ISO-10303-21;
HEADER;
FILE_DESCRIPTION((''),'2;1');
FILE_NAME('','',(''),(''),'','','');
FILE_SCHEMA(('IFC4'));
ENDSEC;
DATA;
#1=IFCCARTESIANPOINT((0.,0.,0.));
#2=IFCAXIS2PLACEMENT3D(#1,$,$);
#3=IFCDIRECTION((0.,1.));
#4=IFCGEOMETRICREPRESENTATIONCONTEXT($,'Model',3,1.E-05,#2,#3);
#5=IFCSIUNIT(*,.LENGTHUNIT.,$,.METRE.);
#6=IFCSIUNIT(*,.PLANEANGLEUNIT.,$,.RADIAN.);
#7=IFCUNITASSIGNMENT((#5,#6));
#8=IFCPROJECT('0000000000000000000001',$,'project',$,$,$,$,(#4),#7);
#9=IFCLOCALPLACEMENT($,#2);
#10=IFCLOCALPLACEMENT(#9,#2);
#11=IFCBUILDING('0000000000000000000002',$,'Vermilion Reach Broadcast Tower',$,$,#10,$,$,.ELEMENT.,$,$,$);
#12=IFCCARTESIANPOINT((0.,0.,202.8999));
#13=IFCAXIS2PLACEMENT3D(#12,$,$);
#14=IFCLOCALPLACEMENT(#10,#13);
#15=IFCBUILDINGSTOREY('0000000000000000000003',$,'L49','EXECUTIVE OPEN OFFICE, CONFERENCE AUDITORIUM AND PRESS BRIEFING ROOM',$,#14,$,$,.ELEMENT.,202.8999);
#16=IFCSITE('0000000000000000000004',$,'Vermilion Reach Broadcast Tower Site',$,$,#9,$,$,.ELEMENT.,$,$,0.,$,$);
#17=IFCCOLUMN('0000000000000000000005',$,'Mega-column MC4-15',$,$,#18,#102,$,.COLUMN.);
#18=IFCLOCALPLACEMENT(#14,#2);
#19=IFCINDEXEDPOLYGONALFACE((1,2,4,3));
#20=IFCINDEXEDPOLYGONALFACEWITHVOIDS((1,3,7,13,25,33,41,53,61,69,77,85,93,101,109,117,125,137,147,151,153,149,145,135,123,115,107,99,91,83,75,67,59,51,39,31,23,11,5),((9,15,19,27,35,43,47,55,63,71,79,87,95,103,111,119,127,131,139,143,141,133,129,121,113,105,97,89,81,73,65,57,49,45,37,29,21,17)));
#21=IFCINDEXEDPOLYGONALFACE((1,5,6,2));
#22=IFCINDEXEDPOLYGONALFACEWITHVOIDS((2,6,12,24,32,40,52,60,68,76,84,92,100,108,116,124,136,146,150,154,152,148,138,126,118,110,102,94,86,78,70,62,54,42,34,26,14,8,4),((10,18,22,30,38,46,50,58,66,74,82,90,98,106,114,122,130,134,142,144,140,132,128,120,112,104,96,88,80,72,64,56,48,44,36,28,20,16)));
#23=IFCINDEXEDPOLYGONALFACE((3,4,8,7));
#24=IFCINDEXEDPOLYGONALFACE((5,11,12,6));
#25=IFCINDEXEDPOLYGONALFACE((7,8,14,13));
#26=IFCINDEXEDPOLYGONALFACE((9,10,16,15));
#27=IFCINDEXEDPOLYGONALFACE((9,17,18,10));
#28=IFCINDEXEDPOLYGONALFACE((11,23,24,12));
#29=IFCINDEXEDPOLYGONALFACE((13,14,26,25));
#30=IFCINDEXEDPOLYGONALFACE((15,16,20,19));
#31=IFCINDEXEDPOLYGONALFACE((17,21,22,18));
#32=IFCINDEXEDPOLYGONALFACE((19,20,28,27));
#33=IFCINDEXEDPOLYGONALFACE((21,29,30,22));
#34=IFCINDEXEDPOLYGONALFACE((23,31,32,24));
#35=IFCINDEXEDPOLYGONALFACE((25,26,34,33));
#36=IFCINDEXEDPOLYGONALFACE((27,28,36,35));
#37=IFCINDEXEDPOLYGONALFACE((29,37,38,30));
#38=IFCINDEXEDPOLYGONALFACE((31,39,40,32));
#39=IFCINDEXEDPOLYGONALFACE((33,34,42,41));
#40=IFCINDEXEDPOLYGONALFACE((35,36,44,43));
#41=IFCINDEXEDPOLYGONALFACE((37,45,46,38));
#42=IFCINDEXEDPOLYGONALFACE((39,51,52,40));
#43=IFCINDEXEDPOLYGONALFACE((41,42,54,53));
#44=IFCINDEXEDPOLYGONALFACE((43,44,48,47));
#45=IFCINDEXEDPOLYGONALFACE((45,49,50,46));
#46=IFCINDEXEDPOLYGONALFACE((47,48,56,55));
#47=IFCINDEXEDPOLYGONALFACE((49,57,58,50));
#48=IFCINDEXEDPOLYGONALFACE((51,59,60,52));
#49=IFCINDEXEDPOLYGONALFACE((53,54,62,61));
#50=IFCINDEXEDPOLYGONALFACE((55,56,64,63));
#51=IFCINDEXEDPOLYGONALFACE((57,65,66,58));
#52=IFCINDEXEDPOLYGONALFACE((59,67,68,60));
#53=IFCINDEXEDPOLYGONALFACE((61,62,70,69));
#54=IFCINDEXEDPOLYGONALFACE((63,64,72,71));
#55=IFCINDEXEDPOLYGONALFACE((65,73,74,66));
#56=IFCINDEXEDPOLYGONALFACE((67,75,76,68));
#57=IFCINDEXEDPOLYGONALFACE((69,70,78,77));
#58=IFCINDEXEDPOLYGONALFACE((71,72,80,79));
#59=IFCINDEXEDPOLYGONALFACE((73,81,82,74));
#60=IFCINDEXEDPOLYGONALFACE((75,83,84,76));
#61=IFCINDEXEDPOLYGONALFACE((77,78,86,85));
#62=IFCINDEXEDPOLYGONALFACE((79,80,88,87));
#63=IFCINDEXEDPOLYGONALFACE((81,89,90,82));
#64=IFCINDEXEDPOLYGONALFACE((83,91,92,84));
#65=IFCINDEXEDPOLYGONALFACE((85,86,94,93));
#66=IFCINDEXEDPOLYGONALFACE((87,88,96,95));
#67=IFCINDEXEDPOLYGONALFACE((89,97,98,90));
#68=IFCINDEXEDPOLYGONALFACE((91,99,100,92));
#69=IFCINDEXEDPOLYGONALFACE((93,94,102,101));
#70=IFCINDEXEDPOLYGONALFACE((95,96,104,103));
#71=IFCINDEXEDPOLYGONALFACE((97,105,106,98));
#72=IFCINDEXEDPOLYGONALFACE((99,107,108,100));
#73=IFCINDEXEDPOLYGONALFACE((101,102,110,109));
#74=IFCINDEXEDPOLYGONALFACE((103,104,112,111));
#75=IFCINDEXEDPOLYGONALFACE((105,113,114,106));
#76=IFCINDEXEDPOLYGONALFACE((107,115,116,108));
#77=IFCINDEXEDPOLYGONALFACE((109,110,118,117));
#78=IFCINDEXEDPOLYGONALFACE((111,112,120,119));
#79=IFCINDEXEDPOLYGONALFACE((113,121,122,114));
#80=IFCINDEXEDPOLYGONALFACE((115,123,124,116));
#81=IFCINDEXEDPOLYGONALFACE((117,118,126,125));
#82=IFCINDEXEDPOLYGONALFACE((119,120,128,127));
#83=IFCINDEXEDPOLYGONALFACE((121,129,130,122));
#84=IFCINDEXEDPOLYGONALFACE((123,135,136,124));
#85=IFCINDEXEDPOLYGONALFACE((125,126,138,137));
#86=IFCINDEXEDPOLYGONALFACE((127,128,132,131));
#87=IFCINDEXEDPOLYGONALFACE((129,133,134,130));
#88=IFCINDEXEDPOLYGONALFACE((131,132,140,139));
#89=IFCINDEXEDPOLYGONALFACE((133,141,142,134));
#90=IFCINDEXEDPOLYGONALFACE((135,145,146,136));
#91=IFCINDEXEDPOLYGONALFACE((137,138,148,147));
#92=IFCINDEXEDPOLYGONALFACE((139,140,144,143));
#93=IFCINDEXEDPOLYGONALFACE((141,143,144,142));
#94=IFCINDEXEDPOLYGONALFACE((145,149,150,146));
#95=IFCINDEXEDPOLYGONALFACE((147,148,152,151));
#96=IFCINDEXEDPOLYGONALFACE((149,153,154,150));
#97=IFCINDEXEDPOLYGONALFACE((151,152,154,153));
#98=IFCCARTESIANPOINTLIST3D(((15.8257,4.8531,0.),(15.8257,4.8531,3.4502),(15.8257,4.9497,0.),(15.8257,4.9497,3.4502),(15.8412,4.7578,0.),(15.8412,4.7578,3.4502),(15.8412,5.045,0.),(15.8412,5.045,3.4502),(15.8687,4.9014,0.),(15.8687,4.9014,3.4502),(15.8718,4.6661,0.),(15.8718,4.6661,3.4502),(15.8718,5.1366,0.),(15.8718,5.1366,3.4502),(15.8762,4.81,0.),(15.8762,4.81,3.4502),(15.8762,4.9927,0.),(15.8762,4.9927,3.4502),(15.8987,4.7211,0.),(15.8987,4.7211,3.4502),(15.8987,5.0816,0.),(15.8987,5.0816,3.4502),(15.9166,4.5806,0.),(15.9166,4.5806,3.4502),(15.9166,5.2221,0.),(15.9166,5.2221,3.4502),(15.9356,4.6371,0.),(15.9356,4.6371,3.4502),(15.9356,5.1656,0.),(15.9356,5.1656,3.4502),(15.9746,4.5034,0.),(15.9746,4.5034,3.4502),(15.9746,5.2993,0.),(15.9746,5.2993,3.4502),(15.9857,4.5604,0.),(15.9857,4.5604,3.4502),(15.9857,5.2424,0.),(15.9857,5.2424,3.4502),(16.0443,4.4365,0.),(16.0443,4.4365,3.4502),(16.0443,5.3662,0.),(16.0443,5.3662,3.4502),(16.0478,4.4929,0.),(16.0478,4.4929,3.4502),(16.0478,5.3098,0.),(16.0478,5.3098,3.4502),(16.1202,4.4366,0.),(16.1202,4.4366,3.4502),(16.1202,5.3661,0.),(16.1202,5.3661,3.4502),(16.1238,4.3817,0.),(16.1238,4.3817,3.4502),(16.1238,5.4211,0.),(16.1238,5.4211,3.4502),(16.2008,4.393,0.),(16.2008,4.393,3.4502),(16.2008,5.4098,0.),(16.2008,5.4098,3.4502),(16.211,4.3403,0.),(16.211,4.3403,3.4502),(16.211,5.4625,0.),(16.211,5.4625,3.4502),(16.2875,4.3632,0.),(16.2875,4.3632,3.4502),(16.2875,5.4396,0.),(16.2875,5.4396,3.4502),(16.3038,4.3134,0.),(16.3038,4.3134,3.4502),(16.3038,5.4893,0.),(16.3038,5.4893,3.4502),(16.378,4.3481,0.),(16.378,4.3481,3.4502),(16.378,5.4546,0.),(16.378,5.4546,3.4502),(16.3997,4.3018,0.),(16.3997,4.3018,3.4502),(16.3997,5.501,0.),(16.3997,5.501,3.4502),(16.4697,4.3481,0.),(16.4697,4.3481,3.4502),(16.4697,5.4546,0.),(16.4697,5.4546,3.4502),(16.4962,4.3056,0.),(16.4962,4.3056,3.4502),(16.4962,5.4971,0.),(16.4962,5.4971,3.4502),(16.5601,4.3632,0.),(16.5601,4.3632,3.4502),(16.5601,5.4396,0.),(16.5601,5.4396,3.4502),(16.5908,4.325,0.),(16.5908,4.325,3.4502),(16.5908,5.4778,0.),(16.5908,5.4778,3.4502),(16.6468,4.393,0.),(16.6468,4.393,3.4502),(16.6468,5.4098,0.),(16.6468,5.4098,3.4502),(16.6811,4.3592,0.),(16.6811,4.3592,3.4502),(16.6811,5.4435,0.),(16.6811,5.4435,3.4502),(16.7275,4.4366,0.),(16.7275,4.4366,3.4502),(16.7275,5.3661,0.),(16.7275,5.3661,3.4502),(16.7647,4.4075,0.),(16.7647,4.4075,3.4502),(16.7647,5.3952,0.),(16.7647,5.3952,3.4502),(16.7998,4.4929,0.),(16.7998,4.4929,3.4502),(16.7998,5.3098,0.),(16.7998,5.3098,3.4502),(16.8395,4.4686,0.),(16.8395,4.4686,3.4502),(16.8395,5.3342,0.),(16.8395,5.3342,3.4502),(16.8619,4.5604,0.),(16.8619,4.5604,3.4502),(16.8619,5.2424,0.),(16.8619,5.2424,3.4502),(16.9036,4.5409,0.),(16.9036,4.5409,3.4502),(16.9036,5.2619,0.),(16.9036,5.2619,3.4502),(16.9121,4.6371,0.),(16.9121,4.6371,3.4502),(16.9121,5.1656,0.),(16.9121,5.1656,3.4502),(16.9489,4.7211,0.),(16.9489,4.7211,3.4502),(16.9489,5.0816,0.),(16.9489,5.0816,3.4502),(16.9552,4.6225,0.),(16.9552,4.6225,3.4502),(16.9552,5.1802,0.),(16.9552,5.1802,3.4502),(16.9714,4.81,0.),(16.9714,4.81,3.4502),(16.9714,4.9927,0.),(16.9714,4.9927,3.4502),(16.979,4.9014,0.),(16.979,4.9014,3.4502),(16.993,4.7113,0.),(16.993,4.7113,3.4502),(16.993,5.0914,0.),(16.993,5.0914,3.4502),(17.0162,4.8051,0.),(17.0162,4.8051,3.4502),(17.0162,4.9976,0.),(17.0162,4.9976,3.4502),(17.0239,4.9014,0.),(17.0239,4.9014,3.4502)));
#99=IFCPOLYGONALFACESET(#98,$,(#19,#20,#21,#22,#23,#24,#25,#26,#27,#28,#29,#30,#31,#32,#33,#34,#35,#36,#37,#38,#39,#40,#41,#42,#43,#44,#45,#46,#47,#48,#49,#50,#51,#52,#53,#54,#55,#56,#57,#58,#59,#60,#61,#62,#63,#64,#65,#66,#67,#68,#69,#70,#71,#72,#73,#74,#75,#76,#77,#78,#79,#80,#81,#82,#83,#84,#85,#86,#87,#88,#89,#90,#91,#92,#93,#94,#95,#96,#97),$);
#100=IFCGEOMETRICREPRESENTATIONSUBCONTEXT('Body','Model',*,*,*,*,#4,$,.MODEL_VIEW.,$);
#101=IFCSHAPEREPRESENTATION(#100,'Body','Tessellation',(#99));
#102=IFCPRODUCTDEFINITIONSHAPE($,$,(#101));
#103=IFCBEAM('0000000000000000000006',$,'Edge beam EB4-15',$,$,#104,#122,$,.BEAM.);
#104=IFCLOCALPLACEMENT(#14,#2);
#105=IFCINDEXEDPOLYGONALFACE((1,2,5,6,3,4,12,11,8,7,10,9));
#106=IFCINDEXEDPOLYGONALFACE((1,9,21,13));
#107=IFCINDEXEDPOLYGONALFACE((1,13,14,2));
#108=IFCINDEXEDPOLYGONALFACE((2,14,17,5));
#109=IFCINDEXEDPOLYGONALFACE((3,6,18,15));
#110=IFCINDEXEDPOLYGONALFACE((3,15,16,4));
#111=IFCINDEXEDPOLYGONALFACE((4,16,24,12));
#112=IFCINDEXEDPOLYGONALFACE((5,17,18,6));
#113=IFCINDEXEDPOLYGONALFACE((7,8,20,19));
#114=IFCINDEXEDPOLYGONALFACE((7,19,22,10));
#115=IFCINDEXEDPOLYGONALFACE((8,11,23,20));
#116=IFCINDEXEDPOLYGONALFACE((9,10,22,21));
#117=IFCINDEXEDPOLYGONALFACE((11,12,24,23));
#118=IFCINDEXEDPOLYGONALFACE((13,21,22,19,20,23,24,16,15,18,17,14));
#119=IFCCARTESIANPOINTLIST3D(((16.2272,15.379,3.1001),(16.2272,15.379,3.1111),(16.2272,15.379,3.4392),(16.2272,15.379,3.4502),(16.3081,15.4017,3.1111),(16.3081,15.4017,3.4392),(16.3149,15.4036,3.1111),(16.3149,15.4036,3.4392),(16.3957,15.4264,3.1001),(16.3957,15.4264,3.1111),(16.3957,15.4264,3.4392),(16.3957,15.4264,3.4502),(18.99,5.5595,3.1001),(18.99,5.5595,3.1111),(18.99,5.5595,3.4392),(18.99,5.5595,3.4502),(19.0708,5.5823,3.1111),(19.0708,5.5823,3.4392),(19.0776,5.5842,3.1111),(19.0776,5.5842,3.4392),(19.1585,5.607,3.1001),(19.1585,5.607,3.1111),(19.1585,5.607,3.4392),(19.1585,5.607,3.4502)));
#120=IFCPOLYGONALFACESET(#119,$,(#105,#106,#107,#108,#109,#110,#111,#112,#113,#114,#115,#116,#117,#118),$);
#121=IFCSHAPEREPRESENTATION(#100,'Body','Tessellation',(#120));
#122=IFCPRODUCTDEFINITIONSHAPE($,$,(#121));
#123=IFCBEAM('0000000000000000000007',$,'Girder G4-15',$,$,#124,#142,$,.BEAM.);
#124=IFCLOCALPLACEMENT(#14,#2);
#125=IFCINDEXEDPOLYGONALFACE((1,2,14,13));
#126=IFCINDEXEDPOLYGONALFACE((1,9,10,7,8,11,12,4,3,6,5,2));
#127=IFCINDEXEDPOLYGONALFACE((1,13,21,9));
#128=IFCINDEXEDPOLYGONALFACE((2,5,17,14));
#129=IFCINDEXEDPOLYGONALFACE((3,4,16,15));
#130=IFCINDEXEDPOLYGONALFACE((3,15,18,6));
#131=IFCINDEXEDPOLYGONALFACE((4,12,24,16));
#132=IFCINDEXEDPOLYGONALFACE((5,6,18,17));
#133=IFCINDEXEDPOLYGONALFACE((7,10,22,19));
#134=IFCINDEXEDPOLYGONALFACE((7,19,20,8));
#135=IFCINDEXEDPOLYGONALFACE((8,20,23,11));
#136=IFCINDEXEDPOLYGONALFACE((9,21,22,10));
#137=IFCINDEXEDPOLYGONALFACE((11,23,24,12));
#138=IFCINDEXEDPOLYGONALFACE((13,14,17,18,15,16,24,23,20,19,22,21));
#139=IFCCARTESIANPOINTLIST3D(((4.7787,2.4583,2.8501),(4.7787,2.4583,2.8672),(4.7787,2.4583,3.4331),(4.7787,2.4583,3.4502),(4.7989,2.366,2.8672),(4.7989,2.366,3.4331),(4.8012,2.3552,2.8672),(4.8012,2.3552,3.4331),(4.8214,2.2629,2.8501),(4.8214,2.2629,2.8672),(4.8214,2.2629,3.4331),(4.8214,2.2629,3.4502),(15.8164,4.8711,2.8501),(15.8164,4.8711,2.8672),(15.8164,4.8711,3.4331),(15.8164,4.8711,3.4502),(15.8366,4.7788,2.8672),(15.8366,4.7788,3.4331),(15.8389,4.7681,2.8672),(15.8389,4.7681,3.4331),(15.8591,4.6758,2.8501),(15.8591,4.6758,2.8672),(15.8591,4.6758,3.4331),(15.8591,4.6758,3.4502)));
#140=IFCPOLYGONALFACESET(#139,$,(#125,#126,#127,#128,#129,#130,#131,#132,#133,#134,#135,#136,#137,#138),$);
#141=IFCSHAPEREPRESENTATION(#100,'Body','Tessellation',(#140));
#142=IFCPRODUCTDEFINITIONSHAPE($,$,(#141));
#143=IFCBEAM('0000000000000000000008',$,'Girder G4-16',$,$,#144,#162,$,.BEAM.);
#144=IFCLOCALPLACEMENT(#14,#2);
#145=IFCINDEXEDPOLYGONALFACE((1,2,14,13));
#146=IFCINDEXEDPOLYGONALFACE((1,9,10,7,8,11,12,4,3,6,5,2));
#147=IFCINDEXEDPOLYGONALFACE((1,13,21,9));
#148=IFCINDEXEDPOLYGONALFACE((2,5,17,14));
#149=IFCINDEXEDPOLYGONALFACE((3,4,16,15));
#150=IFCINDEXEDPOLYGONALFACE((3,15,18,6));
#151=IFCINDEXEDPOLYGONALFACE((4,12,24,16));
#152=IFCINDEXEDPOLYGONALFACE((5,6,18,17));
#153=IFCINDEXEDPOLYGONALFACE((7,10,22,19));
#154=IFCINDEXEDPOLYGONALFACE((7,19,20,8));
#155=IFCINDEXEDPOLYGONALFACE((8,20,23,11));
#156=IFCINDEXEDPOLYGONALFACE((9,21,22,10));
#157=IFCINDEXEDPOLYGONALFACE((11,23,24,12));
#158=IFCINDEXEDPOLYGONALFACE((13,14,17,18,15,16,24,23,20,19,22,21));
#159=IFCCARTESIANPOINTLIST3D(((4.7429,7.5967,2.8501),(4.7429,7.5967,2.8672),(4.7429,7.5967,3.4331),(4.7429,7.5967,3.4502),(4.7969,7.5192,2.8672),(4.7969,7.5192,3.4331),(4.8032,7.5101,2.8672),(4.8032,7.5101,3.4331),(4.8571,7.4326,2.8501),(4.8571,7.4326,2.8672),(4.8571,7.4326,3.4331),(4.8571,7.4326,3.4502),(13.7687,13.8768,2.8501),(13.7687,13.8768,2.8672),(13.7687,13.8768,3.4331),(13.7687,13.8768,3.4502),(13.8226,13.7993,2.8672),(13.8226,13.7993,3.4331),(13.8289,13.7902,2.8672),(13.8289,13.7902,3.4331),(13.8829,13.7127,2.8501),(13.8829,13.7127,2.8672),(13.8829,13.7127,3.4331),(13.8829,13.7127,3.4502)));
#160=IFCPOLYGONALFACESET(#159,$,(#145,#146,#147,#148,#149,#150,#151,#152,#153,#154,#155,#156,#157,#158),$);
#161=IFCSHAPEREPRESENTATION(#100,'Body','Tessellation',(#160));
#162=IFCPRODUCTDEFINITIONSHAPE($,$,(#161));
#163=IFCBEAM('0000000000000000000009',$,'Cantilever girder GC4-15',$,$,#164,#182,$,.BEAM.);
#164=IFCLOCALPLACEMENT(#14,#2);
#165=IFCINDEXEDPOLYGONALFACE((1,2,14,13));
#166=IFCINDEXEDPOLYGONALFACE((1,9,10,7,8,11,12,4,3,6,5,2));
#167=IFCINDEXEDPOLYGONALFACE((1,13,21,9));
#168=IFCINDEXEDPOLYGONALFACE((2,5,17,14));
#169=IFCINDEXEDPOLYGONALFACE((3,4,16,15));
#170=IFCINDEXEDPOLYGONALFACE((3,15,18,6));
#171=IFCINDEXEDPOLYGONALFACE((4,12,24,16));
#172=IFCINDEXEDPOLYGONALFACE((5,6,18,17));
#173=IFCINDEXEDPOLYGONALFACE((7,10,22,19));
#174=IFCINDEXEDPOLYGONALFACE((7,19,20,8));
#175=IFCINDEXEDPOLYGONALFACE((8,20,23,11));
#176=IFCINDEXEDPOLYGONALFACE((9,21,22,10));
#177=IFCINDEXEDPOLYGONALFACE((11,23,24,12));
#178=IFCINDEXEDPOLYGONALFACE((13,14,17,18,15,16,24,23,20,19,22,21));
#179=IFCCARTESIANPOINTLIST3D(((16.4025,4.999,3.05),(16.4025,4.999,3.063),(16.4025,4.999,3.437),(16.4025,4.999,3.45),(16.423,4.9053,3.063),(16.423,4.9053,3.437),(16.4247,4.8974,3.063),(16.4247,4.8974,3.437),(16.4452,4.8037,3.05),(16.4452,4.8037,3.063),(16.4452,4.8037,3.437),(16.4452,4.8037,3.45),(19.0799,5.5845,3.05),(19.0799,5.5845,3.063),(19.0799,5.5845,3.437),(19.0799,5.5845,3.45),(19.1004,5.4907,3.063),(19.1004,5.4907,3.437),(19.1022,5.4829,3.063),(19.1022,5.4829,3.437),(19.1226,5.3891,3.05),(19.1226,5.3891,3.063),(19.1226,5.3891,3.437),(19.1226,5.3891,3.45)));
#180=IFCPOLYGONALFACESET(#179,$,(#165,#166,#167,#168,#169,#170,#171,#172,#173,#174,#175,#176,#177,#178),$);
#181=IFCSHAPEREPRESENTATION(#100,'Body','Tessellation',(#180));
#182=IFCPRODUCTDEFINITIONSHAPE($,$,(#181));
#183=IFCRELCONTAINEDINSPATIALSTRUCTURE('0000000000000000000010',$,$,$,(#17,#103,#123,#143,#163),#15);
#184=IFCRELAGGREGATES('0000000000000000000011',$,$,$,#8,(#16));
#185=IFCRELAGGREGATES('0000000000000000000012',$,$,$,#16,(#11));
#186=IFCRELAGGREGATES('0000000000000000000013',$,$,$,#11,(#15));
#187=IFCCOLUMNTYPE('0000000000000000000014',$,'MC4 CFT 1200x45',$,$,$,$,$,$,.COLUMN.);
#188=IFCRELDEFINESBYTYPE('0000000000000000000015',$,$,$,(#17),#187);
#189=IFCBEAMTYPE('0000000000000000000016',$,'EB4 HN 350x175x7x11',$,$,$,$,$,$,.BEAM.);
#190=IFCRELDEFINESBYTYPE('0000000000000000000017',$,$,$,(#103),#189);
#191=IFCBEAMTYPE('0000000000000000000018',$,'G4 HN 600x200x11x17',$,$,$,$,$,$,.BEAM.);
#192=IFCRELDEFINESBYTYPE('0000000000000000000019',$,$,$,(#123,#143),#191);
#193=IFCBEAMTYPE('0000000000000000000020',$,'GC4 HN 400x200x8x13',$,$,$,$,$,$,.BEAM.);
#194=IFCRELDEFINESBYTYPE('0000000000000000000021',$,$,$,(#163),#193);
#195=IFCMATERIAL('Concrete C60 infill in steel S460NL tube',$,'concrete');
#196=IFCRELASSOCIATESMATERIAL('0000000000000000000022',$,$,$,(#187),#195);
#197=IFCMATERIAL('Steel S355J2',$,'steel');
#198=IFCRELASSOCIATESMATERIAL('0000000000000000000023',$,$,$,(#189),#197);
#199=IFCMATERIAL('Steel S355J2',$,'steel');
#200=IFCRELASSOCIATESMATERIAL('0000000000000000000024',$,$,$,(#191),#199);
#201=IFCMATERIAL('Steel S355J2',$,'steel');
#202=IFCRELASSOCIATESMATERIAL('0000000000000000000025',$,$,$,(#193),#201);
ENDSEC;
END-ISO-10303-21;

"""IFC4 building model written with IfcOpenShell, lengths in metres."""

from ifc_helpers import new_model, si_unit, direction, frame, origin, origin_2d, place, context, subcontext, project, spatial, hollow_circle, i_section, extrude, material, material_profile, profile_set, type_object, element, save


model = new_model("IFC4")

# Units and contexts
model_context = context("Model", 3, precision=1e-05, world=origin(), true_north=direction((0.0, 1.0)))
body_context = subcontext(model_context, "Body", "Model", "MODEL_VIEW")
ifc_project = project(units=[si_unit("LENGTHUNIT", "METRE"), si_unit("PLANEANGLEUNIT", "RADIAN")], contexts=[model_context])

# Site, building, storey
site_placement = place(None, origin())
site = spatial("IfcSite", under=ifc_project, at=site_placement, Name="Vermilion Reach Broadcast Tower Site", CompositionType="ELEMENT", RefElevation=0.0)
building_placement = place(site_placement, origin())
building = spatial("IfcBuilding", under=site, at=building_placement, Name="Vermilion Reach Broadcast Tower", CompositionType="ELEMENT")
storey_placement = place(building_placement, frame((0.0, 0.0, 202.8999)))
storey = spatial("IfcBuildingStorey", under=building, at=storey_placement, Name="L49", Description="EXECUTIVE OPEN OFFICE, CONFERENCE AUDITORIUM AND PRESS BRIEFING ROOM", CompositionType="ELEMENT", Elevation=202.8999)

# Column
ifc_material_1 = material(Name="Concrete C60 infill in steel S460NL tube", Category="concrete")
ifc_material_profile_1 = material_profile(ifc_material_1, hollow_circle(Radius=0.6001, WallThickness=0.0449, at=origin_2d()), Name="Concrete C60 infill in steel S460NL tube CFT 1200x45")
ifc_profile_set_1 = profile_set([ifc_material_profile_1], Name="Concrete C60 infill in steel S460NL tube")
column_type = type_object("IfcColumnType", Name="MC4 CFT 1200x45", PredefinedType="COLUMN", material=ifc_profile_set_1)
column_placement = place(storey_placement, frame((16.4238, 4.9014, 0.0), z_axis=(0.0, 0.0, 1.0), x_axis=(1.0, 0.0, 0.0)))
element("IfcColumn", 1, at=column_placement, inside=storey, type_object=column_type, Name="Mega-column MC4-15", PredefinedType="COLUMN", context=body_context, shape_type="SweptSolid", body=[
    extrude(hollow_circle(Radius=0.6001, WallThickness=0.0449, at=origin_2d()), origin(), (0.0, 0.0, 1.0), 3.4502),
])

# Beams
ifc_material_2 = material(Name="Steel S355J2", Category="steel")
ifc_material_profile_2 = material_profile(ifc_material_2, i_section(OverallWidth=0.175, OverallDepth=0.3501, WebThickness=0.0071, FlangeThickness=0.011, at=origin_2d()), Name="S355J2 HN 350x175x7x11")
ifc_profile_set_2 = profile_set([ifc_material_profile_2], Name="Steel S355J2")
beam_type_1 = type_object("IfcBeamType", Name="EB4 HN 350x175x7x11", PredefinedType="BEAM", material=ifc_profile_set_2)
beam_1_placement = place(storey_placement, frame((19.0742, 5.5833, 3.2751), z_axis=(-0.270837, 0.962625, 0.0), x_axis=(-0.962625, -0.270837, 0.0)))
element("IfcBeam", 2, at=beam_1_placement, inside=storey, type_object=beam_type_1, Name="Edge beam EB4-15", PredefinedType="BEAM", context=body_context, shape_type="SweptSolid", body=[
    extrude(i_section(OverallWidth=0.175, OverallDepth=0.3501, WebThickness=0.0071, FlangeThickness=0.011, at=origin_2d()), origin(), (0.0, 0.0, 1.0), 10.2007),
])
ifc_material_3 = material(Name="Steel S355J2", Category="steel")
ifc_material_profile_3 = material_profile(ifc_material_3, i_section(OverallWidth=0.2, OverallDepth=0.6001, WebThickness=0.011, FlangeThickness=0.0171, at=origin_2d()), Name="S355J2 HN 600x200x11x17")
ifc_profile_set_3 = profile_set([ifc_material_profile_3], Name="Steel S355J2")
beam_type_2 = type_object("IfcBeamType", Name="G4 HN 600x200x11x17", PredefinedType="BEAM", material=ifc_profile_set_3)
beam_2_placement = place(storey_placement, frame((4.8, 2.3606, 3.1501), z_axis=(0.97693, 0.213559, 0.0), x_axis=(-0.213559, 0.97693, 0.0)))
element("IfcBeam", 3, at=beam_2_placement, inside=storey, type_object=beam_type_2, Name="Girder G4-15", PredefinedType="BEAM", context=body_context, shape_type="SweptSolid", body=[
    extrude(i_section(OverallWidth=0.2, OverallDepth=0.6001, WebThickness=0.011, FlangeThickness=0.0171, at=origin_2d()), origin(), (0.0, 0.0, 1.0), 11.2983),
])
beam_3_placement = place(storey_placement, frame((4.8, 7.5146, 3.1501), z_axis=(0.820849, 0.571146, 0.0), x_axis=(-0.571146, 0.820849, 0.0)))
element("IfcBeam", 4, at=beam_3_placement, inside=storey, type_object=beam_type_2, Name="Girder G4-16", PredefinedType="BEAM", context=body_context, shape_type="SweptSolid", body=[
    extrude(i_section(OverallWidth=0.2, OverallDepth=0.6001, WebThickness=0.011, FlangeThickness=0.0171, at=origin_2d()), origin(), (0.0, 0.0, 1.0), 10.9956),
])
ifc_material_4 = material(Name="Steel S355J2", Category="steel")
ifc_material_profile_4 = material_profile(ifc_material_4, i_section(OverallWidth=0.2, OverallDepth=0.3999, WebThickness=0.0081, FlangeThickness=0.0129, at=origin_2d()), Name="S355J2 HN 400x200x8x13")
ifc_profile_set_4 = profile_set([ifc_material_profile_4], Name="Steel S355J2")
beam_type_3 = type_object("IfcBeamType", Name="GC4 HN 400x200x8x13", PredefinedType="BEAM", material=ifc_profile_set_4)
beam_4_placement = place(storey_placement, frame((16.4238, 4.9014, 3.25), z_axis=(0.976919, 0.213609, 0.0), x_axis=(-0.213609, 0.976919, 0.0)))
element("IfcBeam", 5, at=beam_4_placement, inside=storey, type_object=beam_type_3, Name="Cantilever girder GC4-15", PredefinedType="BEAM", context=body_context, shape_type="SweptSolid", body=[
    extrude(i_section(OverallWidth=0.2, OverallDepth=0.3999, WebThickness=0.0081, FlangeThickness=0.0129, at=origin_2d()), origin(), (0.0, 0.0, 1.0), 2.7407),
])

save(model, "model.ifc")
